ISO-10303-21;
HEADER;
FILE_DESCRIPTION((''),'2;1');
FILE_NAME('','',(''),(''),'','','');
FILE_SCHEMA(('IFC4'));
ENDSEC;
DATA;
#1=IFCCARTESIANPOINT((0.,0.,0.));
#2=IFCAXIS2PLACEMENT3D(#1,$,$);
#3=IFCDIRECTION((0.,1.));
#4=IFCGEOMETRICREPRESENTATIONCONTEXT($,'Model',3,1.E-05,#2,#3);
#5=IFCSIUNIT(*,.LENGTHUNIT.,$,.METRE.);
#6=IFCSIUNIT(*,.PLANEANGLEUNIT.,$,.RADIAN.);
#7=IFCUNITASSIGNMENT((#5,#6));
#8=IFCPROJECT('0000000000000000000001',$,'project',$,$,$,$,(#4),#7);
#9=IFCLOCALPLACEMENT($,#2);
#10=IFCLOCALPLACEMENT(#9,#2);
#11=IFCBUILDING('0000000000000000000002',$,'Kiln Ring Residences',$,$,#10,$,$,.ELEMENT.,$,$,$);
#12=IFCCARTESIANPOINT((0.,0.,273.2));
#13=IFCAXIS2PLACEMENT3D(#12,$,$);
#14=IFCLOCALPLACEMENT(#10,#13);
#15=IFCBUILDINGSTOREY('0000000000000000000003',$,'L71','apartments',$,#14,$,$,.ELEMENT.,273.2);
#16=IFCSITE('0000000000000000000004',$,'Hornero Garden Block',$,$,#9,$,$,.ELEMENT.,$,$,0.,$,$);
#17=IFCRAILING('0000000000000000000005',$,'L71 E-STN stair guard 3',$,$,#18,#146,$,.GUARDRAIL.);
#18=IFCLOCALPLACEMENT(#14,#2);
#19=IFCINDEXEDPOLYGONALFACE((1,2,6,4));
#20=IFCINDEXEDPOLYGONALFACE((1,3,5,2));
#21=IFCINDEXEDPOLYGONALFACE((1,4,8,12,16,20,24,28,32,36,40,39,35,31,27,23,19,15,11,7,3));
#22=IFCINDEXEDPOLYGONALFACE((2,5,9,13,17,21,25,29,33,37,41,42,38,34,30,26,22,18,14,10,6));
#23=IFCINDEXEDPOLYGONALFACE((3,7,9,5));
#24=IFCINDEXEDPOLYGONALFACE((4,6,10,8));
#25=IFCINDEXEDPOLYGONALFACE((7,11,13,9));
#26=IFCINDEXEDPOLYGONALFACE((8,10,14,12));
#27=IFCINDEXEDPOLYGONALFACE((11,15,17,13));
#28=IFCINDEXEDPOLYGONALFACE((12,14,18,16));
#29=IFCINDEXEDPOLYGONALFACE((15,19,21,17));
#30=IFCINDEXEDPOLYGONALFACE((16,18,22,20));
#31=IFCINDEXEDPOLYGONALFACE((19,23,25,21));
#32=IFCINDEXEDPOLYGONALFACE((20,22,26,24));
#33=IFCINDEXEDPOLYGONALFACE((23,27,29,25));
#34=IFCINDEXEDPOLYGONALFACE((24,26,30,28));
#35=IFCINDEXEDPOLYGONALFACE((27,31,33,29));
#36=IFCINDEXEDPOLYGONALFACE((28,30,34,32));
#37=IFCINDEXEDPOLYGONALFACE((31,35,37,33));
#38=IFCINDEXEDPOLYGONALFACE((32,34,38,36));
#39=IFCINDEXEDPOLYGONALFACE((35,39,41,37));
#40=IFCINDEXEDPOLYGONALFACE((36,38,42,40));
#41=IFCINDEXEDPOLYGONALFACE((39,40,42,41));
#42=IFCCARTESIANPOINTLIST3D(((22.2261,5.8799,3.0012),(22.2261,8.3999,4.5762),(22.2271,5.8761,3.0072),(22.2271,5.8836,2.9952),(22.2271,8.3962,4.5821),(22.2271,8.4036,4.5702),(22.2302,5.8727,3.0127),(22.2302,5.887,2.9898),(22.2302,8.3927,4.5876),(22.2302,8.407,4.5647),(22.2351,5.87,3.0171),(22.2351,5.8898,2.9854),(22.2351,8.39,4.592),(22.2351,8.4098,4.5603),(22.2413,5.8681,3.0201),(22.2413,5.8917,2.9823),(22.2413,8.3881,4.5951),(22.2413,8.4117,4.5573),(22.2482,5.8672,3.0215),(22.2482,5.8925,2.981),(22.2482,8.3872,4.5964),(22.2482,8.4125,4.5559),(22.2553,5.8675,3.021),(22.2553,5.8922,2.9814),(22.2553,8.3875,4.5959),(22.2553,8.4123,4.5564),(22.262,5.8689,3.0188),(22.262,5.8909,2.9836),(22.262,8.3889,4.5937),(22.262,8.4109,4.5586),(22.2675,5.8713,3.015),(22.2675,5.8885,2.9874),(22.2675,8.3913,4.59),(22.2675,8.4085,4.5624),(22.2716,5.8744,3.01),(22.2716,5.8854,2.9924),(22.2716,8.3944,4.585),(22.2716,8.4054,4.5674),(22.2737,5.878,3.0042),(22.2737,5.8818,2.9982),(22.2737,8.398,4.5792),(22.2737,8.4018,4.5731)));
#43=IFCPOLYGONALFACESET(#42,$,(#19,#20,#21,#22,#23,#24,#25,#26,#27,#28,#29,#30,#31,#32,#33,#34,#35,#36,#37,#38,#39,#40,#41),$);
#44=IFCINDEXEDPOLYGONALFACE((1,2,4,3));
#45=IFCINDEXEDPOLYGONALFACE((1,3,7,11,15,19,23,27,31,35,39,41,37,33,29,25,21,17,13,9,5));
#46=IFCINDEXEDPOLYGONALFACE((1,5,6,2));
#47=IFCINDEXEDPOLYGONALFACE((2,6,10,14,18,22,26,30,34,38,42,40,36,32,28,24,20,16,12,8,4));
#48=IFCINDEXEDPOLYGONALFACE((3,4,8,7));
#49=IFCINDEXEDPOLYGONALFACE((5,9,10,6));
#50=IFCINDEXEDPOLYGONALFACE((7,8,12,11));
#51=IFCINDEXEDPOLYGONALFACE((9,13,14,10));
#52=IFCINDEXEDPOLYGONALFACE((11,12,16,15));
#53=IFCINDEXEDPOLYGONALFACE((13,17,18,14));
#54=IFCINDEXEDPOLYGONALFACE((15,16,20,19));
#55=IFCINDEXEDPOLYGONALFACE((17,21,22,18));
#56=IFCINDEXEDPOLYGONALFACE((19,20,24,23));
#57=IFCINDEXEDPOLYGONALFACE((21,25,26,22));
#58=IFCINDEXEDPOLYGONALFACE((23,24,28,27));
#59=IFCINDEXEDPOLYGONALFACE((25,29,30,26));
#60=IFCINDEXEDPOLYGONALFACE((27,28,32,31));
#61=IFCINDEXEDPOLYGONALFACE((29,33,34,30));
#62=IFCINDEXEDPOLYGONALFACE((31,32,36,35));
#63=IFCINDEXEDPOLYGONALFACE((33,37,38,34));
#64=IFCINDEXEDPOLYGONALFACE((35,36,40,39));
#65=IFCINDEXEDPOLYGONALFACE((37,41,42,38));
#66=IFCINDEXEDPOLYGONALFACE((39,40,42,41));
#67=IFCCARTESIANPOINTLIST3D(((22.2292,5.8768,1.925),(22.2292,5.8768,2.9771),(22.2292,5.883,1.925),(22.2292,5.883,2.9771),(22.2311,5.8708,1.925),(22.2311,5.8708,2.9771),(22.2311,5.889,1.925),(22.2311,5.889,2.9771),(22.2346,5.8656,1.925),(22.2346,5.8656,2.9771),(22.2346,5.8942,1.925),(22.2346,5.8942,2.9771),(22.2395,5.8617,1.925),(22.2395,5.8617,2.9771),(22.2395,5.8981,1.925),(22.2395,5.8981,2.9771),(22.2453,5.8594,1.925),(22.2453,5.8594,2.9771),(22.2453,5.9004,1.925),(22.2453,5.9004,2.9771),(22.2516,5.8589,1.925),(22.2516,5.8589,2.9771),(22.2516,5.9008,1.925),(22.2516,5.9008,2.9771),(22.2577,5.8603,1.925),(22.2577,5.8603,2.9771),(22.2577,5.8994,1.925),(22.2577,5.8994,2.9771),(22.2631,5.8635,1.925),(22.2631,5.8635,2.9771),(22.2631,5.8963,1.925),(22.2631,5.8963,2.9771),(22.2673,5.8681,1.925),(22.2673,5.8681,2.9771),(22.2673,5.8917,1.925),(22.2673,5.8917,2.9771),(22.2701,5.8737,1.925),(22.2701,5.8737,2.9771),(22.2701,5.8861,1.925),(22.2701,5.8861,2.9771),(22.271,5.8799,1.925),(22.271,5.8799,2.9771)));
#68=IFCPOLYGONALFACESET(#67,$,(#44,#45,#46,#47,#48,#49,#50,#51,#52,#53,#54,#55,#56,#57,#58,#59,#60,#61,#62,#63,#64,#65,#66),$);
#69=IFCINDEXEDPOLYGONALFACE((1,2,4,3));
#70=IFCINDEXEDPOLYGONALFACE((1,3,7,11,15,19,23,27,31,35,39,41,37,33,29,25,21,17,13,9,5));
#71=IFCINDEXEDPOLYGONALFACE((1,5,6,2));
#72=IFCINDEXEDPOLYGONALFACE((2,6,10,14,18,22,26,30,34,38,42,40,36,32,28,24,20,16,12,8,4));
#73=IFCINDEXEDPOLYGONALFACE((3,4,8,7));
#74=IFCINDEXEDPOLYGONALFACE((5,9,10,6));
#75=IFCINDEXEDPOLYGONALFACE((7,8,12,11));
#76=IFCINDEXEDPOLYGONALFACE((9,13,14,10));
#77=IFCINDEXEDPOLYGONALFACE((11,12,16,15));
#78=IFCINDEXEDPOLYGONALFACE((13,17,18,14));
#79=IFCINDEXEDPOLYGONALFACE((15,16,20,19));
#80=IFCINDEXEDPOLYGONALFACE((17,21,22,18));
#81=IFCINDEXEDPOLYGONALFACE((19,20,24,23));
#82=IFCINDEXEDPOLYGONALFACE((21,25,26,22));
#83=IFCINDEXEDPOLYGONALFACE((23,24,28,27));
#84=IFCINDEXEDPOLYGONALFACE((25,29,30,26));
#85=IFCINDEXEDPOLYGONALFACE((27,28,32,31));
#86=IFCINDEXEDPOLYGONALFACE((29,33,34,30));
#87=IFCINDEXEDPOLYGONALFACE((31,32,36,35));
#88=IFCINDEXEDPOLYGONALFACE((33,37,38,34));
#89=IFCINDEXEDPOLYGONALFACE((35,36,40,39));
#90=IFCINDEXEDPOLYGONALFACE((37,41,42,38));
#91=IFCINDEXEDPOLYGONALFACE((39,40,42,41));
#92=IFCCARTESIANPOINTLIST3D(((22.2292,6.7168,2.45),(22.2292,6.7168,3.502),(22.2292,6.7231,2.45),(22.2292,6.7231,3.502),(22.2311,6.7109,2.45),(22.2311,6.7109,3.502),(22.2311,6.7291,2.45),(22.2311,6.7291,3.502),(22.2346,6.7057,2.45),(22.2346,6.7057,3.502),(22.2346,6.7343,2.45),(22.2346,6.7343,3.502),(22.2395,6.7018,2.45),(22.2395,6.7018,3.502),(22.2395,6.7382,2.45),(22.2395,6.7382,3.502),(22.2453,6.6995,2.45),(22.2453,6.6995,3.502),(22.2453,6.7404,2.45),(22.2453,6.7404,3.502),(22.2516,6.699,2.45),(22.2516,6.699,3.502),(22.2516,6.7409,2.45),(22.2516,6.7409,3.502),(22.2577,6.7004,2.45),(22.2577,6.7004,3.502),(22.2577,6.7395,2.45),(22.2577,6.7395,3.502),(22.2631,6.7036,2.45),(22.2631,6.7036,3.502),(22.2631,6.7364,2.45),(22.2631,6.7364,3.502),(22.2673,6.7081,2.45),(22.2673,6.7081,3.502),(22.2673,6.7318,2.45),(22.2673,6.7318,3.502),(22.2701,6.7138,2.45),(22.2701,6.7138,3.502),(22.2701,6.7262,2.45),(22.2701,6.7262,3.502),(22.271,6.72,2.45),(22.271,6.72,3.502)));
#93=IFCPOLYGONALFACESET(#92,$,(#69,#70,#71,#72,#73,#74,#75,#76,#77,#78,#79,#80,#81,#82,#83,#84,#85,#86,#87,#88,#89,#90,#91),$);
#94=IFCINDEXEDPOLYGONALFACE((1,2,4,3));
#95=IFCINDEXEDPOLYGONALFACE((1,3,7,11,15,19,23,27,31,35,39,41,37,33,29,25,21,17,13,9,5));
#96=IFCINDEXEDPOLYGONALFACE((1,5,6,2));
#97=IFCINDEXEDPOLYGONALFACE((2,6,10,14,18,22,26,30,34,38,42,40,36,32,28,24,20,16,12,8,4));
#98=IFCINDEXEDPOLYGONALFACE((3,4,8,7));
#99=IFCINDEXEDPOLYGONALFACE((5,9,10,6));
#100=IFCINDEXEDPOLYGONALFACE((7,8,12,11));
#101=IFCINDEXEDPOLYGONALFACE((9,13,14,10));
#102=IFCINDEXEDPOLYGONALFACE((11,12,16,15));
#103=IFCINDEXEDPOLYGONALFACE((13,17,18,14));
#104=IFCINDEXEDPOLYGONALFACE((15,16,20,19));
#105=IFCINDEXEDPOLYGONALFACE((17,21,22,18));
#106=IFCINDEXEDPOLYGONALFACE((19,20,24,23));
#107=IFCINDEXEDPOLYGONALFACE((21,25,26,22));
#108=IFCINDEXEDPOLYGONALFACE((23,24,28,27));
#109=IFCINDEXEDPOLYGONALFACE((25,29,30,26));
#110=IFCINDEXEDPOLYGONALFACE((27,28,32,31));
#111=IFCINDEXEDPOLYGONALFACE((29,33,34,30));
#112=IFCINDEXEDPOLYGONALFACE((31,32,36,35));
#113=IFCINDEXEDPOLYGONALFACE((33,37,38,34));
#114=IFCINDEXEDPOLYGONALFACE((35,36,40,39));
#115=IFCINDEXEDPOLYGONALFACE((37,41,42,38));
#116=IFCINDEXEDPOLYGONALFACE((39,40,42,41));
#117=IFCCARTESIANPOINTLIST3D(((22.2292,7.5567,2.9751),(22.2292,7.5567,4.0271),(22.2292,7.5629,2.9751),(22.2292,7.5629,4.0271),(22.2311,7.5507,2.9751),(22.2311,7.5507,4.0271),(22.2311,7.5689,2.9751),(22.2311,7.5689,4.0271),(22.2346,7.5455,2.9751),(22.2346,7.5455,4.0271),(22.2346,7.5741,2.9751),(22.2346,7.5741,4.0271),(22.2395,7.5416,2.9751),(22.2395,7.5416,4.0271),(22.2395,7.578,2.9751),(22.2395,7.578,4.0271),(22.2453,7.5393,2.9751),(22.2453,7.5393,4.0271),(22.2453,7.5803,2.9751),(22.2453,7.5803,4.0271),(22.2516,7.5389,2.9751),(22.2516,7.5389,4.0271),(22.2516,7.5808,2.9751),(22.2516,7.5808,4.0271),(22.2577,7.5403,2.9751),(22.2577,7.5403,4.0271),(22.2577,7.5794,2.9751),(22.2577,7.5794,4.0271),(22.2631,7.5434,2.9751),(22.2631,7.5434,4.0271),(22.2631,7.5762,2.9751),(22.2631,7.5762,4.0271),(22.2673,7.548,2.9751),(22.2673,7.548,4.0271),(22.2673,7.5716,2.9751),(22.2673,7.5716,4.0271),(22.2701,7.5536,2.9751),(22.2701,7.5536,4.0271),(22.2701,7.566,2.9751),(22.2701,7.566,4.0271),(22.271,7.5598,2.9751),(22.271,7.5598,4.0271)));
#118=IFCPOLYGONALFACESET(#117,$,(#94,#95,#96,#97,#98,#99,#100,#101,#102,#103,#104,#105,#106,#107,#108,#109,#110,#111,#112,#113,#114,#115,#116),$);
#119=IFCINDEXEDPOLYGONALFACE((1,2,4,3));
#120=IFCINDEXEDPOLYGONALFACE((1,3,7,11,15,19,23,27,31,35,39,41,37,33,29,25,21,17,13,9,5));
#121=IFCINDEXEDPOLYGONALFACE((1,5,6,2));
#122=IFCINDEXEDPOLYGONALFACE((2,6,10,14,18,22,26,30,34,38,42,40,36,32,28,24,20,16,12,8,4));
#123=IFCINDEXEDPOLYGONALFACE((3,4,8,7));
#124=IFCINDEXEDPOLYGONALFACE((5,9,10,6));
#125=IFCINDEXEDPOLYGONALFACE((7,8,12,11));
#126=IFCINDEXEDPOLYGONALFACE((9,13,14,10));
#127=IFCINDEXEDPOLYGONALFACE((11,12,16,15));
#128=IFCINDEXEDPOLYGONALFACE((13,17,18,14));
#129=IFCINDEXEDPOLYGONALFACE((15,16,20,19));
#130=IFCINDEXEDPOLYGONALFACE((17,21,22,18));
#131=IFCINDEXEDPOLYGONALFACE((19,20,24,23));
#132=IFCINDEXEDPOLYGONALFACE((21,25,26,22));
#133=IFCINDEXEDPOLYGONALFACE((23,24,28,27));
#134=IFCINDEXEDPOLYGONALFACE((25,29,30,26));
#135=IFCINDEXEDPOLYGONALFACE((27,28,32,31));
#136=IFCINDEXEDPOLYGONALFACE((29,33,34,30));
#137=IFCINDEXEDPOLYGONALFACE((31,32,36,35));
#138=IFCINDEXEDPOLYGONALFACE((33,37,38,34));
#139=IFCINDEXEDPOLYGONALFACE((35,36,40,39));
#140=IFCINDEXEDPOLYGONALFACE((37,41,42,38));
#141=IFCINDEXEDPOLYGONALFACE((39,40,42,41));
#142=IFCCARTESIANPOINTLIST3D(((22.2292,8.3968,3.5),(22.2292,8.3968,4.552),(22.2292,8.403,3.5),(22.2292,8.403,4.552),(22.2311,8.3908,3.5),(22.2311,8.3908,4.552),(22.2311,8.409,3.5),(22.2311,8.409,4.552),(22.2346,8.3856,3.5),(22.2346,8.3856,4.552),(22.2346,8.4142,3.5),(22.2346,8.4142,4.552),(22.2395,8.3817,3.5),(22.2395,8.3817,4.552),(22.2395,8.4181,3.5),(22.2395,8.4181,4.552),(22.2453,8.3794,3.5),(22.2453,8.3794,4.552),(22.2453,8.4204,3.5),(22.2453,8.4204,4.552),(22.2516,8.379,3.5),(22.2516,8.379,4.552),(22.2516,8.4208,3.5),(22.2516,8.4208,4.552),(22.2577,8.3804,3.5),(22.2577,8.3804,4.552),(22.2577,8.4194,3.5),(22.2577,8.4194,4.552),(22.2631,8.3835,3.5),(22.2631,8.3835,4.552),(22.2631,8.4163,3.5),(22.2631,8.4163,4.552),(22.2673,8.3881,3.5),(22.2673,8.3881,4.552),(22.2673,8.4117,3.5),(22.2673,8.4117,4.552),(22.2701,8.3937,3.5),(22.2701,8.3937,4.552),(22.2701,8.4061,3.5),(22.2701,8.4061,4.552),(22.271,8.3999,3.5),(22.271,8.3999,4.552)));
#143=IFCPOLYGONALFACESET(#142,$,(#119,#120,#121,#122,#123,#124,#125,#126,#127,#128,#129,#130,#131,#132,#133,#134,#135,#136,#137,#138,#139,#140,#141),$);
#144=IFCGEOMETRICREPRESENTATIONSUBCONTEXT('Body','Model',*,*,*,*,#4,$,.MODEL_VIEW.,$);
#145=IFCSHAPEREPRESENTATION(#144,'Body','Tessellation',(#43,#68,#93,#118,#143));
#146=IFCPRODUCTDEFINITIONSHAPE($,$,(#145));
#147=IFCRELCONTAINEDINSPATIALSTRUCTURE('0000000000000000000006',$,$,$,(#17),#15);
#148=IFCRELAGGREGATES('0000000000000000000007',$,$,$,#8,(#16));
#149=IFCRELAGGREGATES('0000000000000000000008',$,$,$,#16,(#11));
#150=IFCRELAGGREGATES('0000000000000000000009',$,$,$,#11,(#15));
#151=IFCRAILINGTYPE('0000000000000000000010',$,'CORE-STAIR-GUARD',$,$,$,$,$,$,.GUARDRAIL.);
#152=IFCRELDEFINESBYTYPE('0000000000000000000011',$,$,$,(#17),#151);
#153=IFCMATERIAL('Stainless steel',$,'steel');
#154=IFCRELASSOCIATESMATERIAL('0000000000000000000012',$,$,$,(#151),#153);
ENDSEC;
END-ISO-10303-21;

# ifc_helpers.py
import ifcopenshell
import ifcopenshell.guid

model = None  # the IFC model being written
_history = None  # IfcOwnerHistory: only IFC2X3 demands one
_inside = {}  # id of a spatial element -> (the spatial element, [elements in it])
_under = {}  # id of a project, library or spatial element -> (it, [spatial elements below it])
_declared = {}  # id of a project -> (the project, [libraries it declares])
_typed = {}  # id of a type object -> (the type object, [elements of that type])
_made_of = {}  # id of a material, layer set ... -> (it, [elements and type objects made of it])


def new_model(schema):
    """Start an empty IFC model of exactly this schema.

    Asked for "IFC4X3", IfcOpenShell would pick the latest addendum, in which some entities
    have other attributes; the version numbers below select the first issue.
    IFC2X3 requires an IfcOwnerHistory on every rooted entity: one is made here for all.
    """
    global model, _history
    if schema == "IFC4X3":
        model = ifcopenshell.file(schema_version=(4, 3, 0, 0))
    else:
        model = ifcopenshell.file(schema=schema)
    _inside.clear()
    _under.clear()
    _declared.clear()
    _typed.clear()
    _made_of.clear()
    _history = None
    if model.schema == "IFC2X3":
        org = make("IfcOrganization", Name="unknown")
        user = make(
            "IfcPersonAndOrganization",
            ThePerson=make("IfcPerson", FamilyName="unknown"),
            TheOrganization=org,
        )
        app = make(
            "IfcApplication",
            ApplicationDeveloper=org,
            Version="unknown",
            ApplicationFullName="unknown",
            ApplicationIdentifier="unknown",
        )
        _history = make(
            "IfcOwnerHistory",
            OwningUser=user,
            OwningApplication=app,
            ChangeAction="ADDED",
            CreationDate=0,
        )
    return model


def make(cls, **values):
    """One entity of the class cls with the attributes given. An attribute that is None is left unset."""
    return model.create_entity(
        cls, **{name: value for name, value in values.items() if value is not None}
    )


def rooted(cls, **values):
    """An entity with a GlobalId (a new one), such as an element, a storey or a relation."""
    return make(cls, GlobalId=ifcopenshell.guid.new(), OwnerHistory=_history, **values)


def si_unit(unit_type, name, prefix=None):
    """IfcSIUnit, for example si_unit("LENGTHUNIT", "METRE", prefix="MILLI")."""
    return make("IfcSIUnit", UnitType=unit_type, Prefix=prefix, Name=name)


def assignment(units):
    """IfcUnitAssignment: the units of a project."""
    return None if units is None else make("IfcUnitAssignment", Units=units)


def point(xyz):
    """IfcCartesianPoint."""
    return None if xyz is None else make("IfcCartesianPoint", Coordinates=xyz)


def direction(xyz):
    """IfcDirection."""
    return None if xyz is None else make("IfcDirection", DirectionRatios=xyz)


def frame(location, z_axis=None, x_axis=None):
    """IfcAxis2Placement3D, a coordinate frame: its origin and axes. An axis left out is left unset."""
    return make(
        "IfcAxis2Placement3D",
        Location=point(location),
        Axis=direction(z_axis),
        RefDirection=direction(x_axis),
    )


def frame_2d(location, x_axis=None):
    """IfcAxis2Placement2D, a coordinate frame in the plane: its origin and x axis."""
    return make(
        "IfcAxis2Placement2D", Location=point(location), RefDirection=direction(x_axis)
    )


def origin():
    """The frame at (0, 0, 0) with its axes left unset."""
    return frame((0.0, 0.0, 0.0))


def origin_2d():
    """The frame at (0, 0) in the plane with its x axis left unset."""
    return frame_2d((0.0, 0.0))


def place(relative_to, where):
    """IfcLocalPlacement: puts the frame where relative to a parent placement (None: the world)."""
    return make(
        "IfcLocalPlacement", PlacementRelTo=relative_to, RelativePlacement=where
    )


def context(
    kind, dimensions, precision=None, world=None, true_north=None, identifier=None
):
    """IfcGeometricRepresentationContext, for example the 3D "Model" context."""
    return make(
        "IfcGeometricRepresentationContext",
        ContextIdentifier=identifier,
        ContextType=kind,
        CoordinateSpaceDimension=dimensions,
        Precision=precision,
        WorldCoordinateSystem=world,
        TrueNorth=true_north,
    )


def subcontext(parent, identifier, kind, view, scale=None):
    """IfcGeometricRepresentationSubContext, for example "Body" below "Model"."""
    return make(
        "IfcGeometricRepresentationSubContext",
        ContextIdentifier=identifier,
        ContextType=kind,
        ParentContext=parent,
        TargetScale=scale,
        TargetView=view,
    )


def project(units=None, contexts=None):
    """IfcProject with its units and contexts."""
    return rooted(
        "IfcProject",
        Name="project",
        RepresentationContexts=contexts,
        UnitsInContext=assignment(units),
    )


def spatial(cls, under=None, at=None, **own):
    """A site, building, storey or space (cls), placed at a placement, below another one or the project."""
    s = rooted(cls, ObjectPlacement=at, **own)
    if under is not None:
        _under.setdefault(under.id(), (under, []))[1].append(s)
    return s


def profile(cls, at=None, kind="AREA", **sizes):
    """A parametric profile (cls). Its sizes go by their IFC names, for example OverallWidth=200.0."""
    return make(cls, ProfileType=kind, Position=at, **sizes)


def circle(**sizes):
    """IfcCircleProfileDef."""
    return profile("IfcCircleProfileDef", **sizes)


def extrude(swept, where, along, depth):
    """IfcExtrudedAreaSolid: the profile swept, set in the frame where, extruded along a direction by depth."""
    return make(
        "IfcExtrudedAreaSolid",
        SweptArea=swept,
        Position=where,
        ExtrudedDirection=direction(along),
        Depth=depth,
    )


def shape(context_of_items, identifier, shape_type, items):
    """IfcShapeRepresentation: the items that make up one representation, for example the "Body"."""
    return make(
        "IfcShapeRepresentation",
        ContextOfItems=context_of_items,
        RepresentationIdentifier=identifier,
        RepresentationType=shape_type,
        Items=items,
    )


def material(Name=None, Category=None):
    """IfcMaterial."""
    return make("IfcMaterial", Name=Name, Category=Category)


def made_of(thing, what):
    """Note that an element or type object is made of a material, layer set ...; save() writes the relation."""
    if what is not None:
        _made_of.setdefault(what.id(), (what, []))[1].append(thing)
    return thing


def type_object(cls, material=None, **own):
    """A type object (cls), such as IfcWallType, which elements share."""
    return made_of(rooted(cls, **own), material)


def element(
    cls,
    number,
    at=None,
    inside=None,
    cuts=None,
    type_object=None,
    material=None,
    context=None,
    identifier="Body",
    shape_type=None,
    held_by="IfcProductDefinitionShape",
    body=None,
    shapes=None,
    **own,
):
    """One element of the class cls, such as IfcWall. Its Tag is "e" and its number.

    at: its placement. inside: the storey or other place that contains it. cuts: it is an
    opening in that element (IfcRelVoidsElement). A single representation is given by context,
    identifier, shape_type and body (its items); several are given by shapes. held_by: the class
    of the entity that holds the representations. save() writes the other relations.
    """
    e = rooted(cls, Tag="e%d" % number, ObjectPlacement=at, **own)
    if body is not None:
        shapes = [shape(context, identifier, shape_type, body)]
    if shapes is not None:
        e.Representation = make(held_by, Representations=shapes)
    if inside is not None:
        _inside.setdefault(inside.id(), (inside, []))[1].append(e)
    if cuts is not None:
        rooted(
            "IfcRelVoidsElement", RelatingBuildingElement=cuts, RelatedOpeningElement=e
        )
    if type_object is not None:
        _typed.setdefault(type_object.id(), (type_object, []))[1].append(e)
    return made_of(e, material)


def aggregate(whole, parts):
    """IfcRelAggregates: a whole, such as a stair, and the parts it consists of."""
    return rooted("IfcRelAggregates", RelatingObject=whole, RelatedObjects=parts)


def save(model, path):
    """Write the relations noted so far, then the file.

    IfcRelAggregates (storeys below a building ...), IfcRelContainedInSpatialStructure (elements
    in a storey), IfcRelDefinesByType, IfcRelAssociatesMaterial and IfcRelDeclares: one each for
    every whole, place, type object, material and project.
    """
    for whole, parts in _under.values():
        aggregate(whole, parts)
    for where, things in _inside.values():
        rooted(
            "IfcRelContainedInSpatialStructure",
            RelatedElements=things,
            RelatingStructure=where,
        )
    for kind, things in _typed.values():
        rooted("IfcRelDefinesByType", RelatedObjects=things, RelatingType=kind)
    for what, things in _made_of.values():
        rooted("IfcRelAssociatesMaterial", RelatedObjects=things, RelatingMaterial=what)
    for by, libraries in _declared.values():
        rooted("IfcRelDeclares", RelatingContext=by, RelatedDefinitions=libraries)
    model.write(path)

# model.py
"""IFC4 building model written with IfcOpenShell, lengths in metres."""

from ifc_helpers import new_model, si_unit, direction, frame, origin, origin_2d, place, context, subcontext, project, spatial, circle, extrude, material, type_object, element, save


model = new_model("IFC4")

# Units and contexts
model_context = context("Model", 3, precision=1e-05, world=origin(), true_north=direction((0.0, 1.0)))
body_context = subcontext(model_context, "Body", "Model", "MODEL_VIEW")
ifc_project = project(units=[si_unit("LENGTHUNIT", "METRE"), si_unit("PLANEANGLEUNIT", "RADIAN")], contexts=[model_context])

# Site, building, storey
site_placement = place(None, origin())
site = spatial("IfcSite", under=ifc_project, at=site_placement, Name="Hornero Garden Block", CompositionType="ELEMENT", RefElevation=0.0)
building_placement = place(site_placement, origin())
building = spatial("IfcBuilding", under=site, at=building_placement, Name="Kiln Ring Residences", CompositionType="ELEMENT")
storey_placement = place(building_placement, frame((0.0, 0.0, 273.2)))
storey = spatial("IfcBuildingStorey", under=building, at=storey_placement, Name="L71", Description="apartments", CompositionType="ELEMENT", Elevation=273.2)

# Railing
ifc_material_1 = material(Name="Stainless steel", Category="steel")
railing_type_1 = type_object("IfcRailingType", Name="CORE-STAIR-GUARD", PredefinedType="GUARDRAIL", material=ifc_material_1)
railing_1_placement = place(storey_placement, frame((22.25, 5.8799, 1.925)))
element("IfcRailing", 1, at=railing_1_placement, inside=storey, type_object=railing_type_1, Name="L71 E-STN stair guard 3", PredefinedType="GUARDRAIL", context=body_context, shape_type="SweptSolid", body=[
    extrude(circle(Radius=0.0239, at=origin_2d()), frame((0.0, 0.0, 1.0762), z_axis=(0.0, 0.848008, 0.529984), x_axis=(-1.0, 0.0, 0.0)), (0.0, 0.0, 1.0), 2.9717),
    extrude(circle(Radius=0.021, at=origin_2d()), origin(), (0.0, 0.0, 1.0), 1.052),
    extrude(circle(Radius=0.021, at=origin_2d()), frame((0.0, 0.8401, 0.5249)), (0.0, 0.0, 1.0), 1.052),
    extrude(circle(Radius=0.021, at=origin_2d()), frame((0.0, 1.6799, 1.05)), (0.0, 0.0, 1.0), 1.052),
    extrude(circle(Radius=0.021, at=origin_2d()), frame((0.0, 2.52, 1.575)), (0.0, 0.0, 1.0), 1.052),
])

save(model, "model.ifc")
